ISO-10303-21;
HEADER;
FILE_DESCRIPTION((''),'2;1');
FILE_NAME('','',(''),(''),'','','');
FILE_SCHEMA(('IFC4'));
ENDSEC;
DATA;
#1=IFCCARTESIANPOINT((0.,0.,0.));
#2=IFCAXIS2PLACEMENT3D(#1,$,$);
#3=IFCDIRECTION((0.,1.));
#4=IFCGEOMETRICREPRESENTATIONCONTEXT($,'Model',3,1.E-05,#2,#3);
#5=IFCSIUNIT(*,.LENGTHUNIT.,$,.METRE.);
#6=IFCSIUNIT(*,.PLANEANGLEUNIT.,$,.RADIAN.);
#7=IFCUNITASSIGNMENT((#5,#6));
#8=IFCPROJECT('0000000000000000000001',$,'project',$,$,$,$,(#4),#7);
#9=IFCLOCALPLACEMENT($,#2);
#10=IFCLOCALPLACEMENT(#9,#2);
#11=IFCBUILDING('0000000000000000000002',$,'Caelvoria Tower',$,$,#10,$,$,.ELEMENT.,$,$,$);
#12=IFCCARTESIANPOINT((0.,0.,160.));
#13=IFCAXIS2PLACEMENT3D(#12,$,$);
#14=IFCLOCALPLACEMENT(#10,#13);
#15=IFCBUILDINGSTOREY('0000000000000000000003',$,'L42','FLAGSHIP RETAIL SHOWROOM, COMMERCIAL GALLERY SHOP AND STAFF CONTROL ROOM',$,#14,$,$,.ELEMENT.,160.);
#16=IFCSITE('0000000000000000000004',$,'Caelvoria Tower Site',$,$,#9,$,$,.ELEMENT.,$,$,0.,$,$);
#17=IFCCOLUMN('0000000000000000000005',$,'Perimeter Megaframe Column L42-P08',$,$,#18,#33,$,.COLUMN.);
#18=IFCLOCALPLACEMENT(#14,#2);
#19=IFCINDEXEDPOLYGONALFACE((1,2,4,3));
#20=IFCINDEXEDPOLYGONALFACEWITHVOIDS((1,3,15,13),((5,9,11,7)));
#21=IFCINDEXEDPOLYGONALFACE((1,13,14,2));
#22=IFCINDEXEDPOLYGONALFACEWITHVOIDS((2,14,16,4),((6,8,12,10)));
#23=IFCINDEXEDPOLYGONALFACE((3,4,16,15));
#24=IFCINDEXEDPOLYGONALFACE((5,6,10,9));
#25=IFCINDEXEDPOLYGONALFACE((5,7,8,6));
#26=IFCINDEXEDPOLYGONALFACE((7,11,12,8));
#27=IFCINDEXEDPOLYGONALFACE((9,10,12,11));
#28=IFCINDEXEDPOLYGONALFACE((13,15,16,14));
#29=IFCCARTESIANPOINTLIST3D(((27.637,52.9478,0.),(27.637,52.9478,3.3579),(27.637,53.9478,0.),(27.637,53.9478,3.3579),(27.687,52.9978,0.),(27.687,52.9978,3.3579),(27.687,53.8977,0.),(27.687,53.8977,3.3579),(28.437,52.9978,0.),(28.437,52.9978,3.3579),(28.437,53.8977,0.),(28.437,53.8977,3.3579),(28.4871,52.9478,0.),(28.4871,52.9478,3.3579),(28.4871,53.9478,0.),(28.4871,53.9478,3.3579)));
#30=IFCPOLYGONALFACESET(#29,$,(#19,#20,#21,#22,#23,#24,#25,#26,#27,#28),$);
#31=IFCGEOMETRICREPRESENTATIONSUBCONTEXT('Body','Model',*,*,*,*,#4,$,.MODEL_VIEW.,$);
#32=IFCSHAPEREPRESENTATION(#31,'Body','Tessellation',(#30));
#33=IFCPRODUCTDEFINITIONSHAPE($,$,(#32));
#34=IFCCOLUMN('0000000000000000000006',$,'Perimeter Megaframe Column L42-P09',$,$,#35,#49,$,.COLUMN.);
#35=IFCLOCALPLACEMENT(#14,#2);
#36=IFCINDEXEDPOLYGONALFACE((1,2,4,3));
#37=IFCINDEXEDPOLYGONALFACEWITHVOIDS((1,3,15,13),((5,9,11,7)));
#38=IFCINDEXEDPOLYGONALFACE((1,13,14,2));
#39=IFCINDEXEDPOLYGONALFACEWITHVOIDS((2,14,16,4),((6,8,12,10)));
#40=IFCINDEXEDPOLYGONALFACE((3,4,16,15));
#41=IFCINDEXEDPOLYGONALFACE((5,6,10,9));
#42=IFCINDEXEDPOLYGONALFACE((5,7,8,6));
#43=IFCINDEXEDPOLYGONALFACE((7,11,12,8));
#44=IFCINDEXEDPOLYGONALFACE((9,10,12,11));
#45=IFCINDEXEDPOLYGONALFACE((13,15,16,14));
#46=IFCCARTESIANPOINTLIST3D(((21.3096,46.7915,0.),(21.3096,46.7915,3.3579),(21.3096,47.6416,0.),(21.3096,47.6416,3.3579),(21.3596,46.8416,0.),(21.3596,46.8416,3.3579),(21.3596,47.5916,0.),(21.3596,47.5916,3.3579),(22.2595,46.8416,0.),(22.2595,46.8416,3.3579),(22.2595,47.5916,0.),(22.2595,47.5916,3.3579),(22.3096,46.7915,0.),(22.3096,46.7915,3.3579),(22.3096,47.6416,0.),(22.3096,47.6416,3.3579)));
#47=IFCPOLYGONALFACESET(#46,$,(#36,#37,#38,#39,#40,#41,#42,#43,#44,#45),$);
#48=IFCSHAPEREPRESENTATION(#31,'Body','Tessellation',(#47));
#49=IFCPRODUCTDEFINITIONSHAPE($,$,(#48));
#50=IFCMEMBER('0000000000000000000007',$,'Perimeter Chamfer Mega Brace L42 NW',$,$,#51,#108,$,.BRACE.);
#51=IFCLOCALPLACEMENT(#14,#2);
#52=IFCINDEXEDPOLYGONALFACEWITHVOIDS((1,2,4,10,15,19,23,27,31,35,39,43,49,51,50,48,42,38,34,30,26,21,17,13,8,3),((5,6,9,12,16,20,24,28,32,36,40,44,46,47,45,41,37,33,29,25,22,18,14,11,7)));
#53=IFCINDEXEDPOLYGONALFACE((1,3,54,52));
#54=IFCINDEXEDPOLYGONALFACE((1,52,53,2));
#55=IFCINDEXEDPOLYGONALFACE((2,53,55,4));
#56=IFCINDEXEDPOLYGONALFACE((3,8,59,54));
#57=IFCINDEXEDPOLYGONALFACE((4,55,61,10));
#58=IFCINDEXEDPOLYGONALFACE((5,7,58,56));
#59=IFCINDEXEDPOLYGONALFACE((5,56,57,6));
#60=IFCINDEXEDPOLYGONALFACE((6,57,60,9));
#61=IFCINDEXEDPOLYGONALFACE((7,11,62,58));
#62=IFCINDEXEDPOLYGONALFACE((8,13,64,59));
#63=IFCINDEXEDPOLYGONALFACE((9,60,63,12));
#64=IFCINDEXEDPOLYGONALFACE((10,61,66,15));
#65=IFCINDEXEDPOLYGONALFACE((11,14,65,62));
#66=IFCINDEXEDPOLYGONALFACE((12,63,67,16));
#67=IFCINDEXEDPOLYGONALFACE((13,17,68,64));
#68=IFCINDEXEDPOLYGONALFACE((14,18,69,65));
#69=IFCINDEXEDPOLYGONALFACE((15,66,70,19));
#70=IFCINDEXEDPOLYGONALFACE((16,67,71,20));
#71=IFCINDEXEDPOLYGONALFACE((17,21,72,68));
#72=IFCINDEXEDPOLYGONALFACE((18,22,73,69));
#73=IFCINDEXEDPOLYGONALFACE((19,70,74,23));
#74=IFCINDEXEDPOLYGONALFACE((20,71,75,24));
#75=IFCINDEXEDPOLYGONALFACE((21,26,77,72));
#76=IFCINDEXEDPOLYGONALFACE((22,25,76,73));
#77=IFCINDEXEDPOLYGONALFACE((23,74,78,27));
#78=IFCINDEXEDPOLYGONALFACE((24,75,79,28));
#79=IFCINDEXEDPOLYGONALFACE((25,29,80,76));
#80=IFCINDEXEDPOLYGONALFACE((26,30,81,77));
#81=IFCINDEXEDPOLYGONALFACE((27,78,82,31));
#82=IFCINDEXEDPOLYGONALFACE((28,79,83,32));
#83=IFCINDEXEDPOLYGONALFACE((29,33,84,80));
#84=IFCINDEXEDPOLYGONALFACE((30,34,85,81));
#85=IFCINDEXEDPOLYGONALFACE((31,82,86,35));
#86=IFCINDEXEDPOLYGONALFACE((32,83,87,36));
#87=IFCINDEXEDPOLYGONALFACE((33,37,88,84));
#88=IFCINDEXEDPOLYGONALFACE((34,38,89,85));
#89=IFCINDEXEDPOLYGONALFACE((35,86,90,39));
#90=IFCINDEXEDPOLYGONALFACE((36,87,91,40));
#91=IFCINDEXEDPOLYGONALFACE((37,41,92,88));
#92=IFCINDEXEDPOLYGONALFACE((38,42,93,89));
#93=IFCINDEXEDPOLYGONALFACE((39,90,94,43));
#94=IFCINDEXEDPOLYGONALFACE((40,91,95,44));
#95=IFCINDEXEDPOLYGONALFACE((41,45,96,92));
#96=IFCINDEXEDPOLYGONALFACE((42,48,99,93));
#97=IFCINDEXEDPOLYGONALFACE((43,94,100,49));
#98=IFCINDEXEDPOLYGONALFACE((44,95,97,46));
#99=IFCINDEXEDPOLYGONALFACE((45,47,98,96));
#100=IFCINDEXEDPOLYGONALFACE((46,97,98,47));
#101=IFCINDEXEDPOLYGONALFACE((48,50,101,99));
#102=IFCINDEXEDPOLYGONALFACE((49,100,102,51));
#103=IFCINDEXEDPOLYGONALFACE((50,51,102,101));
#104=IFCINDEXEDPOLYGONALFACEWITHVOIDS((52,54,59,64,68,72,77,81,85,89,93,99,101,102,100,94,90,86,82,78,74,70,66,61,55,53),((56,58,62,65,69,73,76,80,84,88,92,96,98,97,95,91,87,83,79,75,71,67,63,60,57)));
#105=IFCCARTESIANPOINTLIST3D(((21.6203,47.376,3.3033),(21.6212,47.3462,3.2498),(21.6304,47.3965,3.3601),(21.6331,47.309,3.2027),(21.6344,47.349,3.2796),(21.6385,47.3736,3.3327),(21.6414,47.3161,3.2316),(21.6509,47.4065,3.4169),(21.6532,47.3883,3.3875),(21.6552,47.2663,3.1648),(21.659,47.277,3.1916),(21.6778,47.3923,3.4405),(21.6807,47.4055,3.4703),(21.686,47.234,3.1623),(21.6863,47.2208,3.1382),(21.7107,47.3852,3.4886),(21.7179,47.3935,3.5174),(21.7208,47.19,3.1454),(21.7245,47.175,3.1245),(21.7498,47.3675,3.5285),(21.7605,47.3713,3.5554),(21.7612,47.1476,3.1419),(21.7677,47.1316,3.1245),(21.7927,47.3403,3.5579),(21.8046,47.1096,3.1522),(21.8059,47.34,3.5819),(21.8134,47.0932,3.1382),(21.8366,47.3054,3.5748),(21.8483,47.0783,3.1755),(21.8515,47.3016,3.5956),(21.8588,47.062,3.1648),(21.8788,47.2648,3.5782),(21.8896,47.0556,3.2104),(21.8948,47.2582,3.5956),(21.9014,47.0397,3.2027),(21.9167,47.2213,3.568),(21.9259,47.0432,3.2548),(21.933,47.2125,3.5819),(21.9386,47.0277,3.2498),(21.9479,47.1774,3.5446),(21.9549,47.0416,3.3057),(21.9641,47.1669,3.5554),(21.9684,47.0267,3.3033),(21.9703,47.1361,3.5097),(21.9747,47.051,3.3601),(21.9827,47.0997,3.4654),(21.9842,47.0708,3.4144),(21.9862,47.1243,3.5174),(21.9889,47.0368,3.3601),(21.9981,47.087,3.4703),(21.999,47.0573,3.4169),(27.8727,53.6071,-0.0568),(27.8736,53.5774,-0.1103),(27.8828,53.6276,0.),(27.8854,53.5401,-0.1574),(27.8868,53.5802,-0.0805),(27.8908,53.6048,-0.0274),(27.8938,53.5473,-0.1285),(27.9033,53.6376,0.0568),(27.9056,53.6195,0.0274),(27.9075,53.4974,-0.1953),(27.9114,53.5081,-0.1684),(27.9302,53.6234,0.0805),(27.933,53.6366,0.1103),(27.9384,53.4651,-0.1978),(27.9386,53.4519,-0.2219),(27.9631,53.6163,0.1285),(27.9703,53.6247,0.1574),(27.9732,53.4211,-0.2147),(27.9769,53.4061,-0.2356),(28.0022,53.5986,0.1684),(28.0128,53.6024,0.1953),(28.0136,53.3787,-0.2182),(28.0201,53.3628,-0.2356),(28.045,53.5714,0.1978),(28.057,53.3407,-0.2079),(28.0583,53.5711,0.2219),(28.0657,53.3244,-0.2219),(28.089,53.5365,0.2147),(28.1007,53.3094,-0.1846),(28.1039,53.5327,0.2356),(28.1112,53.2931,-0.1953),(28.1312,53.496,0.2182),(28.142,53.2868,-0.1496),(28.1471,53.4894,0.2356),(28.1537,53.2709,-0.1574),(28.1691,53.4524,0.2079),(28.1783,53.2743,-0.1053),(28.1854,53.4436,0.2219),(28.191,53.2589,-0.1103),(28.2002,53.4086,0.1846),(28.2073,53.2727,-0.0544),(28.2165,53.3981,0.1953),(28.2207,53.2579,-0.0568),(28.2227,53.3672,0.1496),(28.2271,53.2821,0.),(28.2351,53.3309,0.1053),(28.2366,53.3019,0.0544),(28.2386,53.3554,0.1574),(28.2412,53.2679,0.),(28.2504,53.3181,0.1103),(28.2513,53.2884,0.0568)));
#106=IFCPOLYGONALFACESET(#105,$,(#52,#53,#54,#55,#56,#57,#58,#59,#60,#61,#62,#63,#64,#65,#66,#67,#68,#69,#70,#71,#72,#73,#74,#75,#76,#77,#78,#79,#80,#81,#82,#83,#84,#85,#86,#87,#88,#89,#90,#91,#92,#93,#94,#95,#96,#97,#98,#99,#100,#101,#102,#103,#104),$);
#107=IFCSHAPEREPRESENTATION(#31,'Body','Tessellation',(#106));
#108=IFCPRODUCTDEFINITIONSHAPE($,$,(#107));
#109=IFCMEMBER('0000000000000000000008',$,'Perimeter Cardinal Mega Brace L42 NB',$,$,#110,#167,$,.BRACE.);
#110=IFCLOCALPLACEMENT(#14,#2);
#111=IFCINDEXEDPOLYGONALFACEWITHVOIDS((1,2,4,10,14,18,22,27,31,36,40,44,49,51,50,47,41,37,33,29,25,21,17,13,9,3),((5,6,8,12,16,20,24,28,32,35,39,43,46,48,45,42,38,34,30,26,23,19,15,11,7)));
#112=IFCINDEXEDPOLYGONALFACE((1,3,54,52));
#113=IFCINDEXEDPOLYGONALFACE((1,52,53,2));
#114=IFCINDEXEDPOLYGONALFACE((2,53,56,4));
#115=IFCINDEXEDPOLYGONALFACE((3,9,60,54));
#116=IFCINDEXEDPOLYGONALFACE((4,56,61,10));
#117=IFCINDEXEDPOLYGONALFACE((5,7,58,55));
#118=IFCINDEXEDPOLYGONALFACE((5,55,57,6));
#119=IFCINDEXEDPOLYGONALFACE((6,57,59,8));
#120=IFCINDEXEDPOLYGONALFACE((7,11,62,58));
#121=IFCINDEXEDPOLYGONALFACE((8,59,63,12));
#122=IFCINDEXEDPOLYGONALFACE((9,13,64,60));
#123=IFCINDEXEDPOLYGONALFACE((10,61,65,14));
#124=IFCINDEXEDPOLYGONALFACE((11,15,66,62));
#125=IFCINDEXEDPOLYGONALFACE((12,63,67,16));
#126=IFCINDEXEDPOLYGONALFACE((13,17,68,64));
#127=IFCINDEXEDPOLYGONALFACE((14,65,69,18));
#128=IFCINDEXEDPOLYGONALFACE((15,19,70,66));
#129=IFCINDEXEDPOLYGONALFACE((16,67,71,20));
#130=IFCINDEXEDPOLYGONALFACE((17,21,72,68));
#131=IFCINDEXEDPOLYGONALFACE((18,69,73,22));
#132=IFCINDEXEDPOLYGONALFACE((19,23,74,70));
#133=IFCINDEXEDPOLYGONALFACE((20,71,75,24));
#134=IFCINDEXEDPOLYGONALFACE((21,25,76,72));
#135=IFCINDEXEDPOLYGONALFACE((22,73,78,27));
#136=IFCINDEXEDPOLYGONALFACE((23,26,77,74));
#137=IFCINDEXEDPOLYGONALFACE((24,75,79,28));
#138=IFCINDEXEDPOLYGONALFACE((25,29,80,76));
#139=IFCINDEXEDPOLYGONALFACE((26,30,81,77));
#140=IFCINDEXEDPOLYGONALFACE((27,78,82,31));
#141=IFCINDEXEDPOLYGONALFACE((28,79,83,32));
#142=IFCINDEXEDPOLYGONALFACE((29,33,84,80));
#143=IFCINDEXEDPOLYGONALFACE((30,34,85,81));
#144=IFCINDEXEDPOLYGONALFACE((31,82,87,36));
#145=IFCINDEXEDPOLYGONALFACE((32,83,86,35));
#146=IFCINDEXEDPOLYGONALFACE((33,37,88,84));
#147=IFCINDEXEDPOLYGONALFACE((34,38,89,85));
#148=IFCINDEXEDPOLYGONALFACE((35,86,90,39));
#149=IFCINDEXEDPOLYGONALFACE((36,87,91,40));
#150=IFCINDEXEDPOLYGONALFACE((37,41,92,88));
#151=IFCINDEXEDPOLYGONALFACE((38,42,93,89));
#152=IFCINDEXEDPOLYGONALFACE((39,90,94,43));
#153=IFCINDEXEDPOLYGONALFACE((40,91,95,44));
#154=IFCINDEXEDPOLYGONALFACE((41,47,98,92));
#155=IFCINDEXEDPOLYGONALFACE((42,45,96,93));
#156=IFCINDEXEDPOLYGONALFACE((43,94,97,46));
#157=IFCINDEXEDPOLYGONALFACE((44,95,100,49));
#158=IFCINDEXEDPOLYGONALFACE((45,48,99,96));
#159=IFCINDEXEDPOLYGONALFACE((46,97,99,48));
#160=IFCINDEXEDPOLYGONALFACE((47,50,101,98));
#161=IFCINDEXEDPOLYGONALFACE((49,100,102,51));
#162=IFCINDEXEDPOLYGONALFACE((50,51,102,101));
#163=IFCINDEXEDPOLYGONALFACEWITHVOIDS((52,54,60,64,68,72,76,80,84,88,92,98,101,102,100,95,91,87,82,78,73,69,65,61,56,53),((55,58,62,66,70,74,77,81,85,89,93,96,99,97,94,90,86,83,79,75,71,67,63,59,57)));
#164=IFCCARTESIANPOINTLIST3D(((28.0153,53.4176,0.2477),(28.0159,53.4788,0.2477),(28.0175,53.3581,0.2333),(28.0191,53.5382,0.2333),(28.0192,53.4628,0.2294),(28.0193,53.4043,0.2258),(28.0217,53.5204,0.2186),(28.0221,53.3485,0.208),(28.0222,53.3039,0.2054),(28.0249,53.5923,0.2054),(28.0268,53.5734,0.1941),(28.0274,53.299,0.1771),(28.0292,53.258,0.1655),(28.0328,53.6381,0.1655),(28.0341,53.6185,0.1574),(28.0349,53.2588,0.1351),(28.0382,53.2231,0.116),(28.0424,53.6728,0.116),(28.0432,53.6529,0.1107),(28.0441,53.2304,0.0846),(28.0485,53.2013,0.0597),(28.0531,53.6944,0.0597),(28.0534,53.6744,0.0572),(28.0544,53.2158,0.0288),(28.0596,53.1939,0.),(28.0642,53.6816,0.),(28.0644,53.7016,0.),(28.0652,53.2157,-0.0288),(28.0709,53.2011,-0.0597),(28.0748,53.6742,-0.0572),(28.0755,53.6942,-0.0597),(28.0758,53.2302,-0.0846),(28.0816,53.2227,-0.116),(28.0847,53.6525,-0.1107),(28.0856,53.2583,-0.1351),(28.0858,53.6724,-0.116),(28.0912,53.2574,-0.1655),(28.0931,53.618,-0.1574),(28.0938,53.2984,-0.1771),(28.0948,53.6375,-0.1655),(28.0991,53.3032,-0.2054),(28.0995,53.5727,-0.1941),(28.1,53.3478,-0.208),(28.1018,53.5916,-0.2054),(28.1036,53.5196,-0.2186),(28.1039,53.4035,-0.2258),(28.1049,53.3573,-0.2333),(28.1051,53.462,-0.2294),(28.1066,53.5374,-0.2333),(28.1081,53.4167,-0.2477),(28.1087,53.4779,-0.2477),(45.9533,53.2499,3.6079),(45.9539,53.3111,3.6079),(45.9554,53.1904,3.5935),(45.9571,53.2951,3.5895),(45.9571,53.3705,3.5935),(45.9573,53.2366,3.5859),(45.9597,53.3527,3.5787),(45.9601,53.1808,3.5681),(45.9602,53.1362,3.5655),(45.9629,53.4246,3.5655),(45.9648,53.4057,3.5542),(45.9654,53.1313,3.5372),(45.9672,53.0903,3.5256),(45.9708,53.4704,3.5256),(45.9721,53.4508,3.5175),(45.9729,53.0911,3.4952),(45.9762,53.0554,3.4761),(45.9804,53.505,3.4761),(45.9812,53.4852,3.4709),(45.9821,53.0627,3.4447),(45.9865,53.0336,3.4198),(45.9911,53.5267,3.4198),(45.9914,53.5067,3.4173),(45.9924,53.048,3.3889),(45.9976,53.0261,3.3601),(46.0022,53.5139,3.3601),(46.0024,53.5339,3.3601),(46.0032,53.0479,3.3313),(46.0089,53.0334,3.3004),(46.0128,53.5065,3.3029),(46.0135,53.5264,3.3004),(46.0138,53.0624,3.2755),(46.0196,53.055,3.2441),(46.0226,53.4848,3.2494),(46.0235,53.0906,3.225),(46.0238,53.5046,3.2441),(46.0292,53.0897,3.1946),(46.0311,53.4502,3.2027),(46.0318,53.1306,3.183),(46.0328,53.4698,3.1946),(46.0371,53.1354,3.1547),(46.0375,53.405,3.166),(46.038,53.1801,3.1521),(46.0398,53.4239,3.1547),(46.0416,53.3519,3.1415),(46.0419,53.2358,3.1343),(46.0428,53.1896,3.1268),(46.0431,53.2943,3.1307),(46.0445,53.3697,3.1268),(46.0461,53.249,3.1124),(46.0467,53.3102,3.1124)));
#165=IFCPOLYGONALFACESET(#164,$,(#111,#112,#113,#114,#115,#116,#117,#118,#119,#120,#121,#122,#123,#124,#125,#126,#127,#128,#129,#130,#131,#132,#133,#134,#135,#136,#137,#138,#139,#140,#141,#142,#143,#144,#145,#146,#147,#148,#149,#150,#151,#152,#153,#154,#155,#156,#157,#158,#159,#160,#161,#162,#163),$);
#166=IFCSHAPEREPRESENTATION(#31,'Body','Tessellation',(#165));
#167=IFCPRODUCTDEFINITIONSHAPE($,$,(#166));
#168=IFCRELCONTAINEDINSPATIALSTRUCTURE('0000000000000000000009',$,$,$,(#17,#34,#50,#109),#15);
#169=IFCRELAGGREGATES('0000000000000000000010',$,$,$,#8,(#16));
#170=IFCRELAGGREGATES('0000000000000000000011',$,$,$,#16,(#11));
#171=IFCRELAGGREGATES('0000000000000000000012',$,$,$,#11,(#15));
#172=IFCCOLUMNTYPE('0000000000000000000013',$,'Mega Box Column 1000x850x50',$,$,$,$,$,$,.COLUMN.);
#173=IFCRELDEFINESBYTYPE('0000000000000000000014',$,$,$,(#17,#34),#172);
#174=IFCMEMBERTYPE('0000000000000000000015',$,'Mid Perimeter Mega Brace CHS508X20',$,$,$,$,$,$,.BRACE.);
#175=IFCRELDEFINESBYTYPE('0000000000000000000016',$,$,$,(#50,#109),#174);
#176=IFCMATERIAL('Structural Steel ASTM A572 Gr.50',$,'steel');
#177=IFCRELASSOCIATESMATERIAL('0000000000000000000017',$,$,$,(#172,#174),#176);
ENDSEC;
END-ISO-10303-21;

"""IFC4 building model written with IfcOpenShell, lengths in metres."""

from ifc_helpers import new_model, si_unit, direction, frame, origin, origin_2d, place, context, subcontext, project, spatial, hollow_rectangle, hollow_circle, extrude, material, material_profile, profile_set, type_object, element, save


model = new_model("IFC4")

# Units and contexts
model_context = context("Model", 3, precision=1e-05, world=origin(), true_north=direction((0.0, 1.0)))
body_context = subcontext(model_context, "Body", "Model", "MODEL_VIEW")
ifc_project = project(units=[si_unit("LENGTHUNIT", "METRE"), si_unit("PLANEANGLEUNIT", "RADIAN")], contexts=[model_context])

# Site, building, storey
site_placement = place(None, origin())
site = spatial("IfcSite", under=ifc_project, at=site_placement, Name="Caelvoria Tower Site", CompositionType="ELEMENT", RefElevation=0.0)
building_placement = place(site_placement, origin())
building = spatial("IfcBuilding", under=site, at=building_placement, Name="Caelvoria Tower", CompositionType="ELEMENT")
storey_placement = place(building_placement, frame((0.0, 0.0, 160.0)))
storey = spatial("IfcBuildingStorey", under=building, at=storey_placement, Name="L42", Description="FLAGSHIP RETAIL SHOWROOM, COMMERCIAL GALLERY SHOP AND STAFF CONTROL ROOM", CompositionType="ELEMENT", Elevation=160.0)

# Columns
ifc_material_1 = material(Name="Structural Steel ASTM A572 Gr.50", Category="steel")
ifc_material_profile_1 = material_profile(ifc_material_1, hollow_rectangle(XDim=0.8501, YDim=1.0, WallThickness=0.05, at=origin_2d()), Name="Structural Steel ASTM A572 Gr.50")
ifc_profile_set_1 = profile_set([ifc_material_profile_1], Name="BOX1000X850X50 - Structural Steel ASTM A572 Gr.50")
column_type = type_object("IfcColumnType", Name="Mega Box Column 1000x850x50", PredefinedType="COLUMN", material=ifc_profile_set_1)
for number, where, z_axis, x_axis, name in (
    (1, (28.062, 53.4478, 0.0), (0.0, 0.0, 1.0), (1.0, 0.0, 0.0), "Perimeter Megaframe Column L42-P08"),
    (2, (21.8096, 47.2166, 0.0), (0.0, 0.0, 1.0), (0.0, 1.0, 0.0), "Perimeter Megaframe Column L42-P09"),
):
    element("IfcColumn", number, at=place(storey_placement, frame(where, z_axis=z_axis, x_axis=x_axis)), inside=storey, type_object=column_type, Name=name, PredefinedType="COLUMN", context=body_context, shape_type="SweptSolid", body=[
        extrude(hollow_rectangle(XDim=0.8501, YDim=1.0, WallThickness=0.05, at=origin_2d()), origin(), (0.0, 0.0, 1.0), 3.3579),
    ])

# Members
ifc_material_profile_2 = material_profile(ifc_material_1, hollow_circle(Radius=0.2539, WallThickness=0.02, at=origin_2d()), Name="Structural Steel ASTM A572 Gr.50")
ifc_profile_set_2 = profile_set([ifc_material_profile_2], Name="CHS508X20 - Structural Steel ASTM A572 Gr.50")
member_type = type_object("IfcMemberType", Name="Mid Perimeter Mega Brace CHS508X20", PredefinedType="BRACE", material=ifc_profile_set_2)
member_1_placement = place(storey_placement, frame((28.062, 53.4478, 0.0), z_axis=(-0.661972, -0.659724, 0.355749), x_axis=(0.705903, -0.708309, 0.0)))
element("IfcMember", 3, at=member_1_placement, inside=storey, type_object=member_type, Name="Perimeter Chamfer Mega Brace L42 NW", PredefinedType="BRACE", context=body_context, shape_type="SweptSolid", body=[
    extrude(hollow_circle(Radius=0.2539, WallThickness=0.02, at=origin_2d()), origin(), (0.0, 0.0, 1.0), 9.4451),
])
member_2_placement = place(storey_placement, frame((28.062, 53.4478, 0.0), z_axis=(0.982863, -0.00919, 0.184108), x_axis=(0.00935, 0.999956, 0.0)))
element("IfcMember", 4, at=member_2_placement, inside=storey, type_object=member_type, Name="Perimeter Cardinal Mega Brace L42 NB", PredefinedType="BRACE", context=body_context, shape_type="SweptSolid", body=[
    extrude(hollow_circle(Radius=0.2539, WallThickness=0.02, at=origin_2d()), origin(), (0.0, 0.0, 1.0), 18.2507),
])

save(model, "model.ifc")
